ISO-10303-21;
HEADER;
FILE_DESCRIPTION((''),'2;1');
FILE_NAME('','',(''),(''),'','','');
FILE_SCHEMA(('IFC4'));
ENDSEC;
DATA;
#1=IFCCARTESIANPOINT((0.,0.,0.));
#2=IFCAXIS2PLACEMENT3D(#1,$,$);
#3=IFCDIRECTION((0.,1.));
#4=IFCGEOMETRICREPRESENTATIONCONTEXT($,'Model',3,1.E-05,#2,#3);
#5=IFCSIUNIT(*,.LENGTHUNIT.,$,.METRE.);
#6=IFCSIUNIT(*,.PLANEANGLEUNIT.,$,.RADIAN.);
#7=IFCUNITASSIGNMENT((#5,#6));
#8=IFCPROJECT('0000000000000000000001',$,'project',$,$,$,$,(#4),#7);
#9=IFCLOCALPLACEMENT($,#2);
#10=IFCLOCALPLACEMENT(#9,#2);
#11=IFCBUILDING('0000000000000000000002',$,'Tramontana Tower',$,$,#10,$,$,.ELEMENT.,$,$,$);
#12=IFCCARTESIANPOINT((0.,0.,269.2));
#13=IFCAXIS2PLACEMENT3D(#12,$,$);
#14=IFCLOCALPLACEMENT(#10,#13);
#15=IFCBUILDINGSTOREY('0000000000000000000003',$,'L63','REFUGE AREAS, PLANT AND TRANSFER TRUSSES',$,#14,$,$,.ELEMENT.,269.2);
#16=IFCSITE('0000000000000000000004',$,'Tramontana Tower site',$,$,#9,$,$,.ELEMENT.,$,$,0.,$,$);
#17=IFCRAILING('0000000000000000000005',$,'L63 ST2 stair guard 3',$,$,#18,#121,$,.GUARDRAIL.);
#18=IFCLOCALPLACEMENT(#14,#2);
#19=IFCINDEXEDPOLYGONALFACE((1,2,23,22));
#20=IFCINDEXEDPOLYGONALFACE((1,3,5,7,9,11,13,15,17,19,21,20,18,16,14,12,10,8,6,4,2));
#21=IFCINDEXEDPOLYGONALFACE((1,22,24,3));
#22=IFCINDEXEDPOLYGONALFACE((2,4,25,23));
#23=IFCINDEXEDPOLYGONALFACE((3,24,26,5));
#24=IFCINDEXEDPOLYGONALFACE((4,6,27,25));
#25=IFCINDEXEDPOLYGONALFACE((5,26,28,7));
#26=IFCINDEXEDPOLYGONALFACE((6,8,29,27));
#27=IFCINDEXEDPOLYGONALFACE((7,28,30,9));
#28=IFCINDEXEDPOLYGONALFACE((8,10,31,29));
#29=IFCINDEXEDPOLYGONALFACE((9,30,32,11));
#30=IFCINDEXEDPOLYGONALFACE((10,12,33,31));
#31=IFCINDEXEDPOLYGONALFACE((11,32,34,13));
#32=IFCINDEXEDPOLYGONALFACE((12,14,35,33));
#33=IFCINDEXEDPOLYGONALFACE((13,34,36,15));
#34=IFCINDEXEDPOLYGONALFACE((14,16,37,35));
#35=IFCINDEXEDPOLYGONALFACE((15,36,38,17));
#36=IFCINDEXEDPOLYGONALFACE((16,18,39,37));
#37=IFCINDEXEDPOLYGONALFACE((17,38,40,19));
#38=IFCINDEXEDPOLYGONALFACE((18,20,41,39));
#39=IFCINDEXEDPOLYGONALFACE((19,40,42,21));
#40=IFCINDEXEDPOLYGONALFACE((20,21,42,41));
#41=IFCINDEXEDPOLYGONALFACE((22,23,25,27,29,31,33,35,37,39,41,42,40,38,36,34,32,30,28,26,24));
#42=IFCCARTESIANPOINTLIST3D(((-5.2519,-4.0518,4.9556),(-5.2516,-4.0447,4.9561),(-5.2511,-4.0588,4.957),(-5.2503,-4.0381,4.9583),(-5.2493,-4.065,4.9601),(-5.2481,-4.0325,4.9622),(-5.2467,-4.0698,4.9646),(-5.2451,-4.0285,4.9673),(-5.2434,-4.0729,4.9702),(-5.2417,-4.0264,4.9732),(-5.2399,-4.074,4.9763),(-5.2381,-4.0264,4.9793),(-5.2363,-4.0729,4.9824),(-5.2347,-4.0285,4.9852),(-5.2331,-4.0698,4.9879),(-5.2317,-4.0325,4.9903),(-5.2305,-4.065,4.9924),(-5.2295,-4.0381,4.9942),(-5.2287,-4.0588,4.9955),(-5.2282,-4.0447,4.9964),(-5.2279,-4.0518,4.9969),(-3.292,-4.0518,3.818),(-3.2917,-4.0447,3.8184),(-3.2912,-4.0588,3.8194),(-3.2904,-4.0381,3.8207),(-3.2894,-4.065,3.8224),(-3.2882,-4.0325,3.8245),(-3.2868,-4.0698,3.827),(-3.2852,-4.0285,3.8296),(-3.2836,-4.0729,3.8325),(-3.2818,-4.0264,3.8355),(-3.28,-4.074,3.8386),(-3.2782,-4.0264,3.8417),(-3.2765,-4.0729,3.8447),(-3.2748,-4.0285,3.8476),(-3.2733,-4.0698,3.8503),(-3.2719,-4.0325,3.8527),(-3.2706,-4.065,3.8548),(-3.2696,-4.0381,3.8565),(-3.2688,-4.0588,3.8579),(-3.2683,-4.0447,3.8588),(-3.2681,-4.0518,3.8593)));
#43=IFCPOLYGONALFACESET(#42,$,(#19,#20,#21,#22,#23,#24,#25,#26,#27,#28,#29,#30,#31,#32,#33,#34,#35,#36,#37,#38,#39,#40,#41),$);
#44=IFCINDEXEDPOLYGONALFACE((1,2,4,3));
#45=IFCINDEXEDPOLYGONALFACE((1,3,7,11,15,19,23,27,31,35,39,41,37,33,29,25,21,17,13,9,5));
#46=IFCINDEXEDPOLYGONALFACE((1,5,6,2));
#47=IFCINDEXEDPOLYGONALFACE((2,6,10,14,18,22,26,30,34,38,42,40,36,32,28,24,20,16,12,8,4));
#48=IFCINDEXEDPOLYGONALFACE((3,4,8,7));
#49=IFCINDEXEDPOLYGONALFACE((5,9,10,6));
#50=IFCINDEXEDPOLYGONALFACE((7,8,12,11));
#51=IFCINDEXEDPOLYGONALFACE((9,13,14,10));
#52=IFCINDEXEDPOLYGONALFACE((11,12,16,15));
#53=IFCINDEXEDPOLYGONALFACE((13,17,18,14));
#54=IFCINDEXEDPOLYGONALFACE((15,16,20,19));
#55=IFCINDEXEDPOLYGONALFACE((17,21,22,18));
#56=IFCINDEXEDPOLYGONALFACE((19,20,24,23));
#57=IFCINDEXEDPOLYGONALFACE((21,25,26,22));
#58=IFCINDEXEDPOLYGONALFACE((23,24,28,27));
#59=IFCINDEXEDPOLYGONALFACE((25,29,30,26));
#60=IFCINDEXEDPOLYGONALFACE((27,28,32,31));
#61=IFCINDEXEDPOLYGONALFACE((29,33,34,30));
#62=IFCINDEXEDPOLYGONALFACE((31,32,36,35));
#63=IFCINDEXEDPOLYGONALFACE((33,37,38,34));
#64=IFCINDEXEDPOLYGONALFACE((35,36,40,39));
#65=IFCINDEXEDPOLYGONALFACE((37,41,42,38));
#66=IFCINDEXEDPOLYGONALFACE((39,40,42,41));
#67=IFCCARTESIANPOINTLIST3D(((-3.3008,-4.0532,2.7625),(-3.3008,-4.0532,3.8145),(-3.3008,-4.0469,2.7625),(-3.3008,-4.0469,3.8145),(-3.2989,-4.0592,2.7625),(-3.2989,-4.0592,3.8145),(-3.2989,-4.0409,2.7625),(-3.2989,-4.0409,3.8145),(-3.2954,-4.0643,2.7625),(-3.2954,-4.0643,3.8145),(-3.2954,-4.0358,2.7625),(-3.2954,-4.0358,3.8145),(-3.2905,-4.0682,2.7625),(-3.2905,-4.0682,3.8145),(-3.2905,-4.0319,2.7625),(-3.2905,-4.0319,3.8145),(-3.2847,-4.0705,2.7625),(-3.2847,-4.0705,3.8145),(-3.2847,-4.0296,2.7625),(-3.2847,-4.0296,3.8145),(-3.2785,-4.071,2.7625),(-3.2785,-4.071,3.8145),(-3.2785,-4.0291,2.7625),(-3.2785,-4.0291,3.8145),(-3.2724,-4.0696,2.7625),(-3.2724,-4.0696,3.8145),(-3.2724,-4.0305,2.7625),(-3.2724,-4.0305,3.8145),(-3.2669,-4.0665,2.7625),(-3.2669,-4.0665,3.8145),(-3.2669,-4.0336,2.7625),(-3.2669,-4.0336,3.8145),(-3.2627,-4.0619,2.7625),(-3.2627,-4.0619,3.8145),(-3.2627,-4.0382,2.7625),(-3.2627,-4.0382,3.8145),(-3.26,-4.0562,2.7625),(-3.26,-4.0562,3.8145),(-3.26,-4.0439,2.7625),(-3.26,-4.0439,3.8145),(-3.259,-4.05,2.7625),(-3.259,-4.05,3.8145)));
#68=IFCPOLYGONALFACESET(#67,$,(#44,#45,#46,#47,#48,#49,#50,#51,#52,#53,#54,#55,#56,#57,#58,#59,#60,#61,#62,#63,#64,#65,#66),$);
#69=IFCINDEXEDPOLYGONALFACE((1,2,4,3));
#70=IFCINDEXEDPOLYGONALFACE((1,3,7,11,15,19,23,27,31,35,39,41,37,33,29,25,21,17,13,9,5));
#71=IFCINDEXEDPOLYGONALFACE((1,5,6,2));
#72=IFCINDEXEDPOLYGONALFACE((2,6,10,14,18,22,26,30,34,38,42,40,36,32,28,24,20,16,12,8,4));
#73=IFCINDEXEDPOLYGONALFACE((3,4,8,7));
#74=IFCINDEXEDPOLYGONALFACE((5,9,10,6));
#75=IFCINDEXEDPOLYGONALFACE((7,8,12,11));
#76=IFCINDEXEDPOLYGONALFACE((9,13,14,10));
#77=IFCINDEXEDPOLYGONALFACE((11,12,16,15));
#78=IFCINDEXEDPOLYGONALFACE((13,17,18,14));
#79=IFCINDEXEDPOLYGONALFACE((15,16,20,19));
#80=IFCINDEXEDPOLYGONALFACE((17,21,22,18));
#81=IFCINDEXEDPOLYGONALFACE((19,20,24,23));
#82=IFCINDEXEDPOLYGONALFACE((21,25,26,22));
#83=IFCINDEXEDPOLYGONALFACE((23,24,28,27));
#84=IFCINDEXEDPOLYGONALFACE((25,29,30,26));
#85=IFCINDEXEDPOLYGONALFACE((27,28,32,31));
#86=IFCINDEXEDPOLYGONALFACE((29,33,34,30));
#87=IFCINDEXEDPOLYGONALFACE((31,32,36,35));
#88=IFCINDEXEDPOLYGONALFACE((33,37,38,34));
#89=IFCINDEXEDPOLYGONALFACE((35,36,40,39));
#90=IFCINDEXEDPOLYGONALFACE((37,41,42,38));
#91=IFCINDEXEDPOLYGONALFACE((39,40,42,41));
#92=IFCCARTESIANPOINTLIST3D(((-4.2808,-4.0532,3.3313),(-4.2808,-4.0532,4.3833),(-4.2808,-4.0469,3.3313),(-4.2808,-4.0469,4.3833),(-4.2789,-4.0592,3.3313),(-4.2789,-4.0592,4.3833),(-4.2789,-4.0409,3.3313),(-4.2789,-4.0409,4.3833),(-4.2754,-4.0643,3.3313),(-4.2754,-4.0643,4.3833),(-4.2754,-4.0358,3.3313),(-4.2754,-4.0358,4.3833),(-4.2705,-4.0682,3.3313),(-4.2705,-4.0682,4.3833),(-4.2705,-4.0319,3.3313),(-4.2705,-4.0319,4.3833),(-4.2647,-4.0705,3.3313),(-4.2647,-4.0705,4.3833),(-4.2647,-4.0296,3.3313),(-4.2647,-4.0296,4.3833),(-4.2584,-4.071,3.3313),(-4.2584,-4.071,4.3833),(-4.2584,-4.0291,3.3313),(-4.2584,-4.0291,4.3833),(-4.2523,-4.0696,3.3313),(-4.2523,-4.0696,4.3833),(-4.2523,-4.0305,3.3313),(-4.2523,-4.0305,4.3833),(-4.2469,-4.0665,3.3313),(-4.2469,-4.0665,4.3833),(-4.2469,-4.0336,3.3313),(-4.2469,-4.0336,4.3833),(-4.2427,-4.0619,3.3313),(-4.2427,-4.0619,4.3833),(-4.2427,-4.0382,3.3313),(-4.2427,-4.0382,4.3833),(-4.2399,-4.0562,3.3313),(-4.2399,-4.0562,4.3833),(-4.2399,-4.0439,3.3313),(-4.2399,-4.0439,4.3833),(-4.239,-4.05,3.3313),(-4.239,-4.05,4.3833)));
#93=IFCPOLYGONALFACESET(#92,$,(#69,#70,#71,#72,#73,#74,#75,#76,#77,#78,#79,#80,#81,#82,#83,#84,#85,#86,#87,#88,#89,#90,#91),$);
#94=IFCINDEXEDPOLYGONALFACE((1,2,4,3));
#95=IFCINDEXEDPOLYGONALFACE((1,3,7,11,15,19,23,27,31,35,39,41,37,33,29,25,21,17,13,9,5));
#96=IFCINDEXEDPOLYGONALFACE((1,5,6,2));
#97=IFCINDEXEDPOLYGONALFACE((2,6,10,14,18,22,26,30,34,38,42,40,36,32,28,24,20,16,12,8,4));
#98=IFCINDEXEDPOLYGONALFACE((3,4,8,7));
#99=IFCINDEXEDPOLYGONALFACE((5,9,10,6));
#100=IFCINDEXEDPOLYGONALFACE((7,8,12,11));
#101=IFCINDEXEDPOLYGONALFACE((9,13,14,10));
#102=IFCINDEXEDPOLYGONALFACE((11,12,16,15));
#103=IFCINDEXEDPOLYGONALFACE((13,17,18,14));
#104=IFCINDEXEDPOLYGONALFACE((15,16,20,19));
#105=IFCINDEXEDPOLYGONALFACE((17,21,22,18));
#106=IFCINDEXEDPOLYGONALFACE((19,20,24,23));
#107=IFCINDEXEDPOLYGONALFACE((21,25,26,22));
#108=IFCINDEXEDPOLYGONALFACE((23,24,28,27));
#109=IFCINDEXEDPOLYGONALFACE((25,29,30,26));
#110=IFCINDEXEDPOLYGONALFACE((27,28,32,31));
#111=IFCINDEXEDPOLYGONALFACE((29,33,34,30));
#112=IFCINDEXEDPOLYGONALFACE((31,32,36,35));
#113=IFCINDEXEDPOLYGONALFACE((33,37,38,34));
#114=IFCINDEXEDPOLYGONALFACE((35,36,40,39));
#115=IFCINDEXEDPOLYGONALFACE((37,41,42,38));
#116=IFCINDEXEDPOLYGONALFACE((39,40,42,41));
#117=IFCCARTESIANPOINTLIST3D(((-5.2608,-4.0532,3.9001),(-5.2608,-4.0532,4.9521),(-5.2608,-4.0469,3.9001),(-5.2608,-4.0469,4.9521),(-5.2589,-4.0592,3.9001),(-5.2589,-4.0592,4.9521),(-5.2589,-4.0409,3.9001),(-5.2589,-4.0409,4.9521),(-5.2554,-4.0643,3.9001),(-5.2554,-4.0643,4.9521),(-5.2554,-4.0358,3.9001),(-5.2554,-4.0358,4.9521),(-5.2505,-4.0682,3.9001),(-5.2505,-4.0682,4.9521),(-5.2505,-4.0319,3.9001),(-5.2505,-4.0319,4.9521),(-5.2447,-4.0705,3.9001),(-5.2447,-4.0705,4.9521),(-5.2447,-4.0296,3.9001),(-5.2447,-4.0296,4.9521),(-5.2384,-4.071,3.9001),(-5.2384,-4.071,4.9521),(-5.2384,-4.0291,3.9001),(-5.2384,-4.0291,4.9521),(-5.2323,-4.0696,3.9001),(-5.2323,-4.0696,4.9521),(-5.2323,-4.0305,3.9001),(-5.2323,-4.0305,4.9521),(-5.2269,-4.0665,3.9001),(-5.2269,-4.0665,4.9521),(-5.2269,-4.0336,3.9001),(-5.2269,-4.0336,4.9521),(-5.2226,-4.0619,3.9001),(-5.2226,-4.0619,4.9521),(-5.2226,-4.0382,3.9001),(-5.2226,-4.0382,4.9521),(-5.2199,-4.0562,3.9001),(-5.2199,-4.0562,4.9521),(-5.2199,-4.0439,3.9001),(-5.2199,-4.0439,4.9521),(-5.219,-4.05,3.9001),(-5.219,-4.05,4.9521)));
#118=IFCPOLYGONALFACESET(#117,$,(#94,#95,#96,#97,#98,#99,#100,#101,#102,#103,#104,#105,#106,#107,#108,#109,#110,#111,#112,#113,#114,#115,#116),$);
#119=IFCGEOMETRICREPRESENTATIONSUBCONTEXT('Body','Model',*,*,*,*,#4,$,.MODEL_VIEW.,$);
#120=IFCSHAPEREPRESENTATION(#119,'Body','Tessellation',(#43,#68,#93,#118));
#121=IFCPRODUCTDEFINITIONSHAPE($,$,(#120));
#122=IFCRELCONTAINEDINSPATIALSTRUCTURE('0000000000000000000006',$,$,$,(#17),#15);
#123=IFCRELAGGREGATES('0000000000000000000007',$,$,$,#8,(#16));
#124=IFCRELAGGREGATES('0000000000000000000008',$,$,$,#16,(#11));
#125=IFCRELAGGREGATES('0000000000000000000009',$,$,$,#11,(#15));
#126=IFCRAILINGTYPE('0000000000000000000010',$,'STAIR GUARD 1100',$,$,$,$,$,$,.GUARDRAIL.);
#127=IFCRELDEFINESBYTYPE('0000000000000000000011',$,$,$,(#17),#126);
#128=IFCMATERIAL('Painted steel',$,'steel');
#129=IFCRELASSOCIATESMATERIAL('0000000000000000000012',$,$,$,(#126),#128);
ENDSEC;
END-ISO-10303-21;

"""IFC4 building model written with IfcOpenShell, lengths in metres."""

from ifc_helpers import new_model, si_unit, direction, frame, origin, origin_2d, place, context, subcontext, project, spatial, circle, extrude, material, type_object, element, save


model = new_model("IFC4")

# Units and contexts
model_context = context("Model", 3, precision=1e-05, world=origin(), true_north=direction((0.0, 1.0)))
body_context = subcontext(model_context, "Body", "Model", "MODEL_VIEW")
ifc_project = project(units=[si_unit("LENGTHUNIT", "METRE"), si_unit("PLANEANGLEUNIT", "RADIAN")], contexts=[model_context])

# Site, building, storey
site_placement = place(None, origin())
site = spatial("IfcSite", under=ifc_project, at=site_placement, Name="Tramontana Tower site", CompositionType="ELEMENT", RefElevation=0.0)
building_placement = place(site_placement, origin())
building = spatial("IfcBuilding", under=site, at=building_placement, Name="Tramontana Tower", CompositionType="ELEMENT")
storey_placement = place(building_placement, frame((0.0, 0.0, 269.2)))
storey = spatial("IfcBuildingStorey", under=building, at=storey_placement, Name="L63", Description="REFUGE AREAS, PLANT AND TRANSFER TRUSSES", CompositionType="ELEMENT", Elevation=269.2)

# Railing
ifc_material_1 = material(Name="Painted steel", Category="steel")
railing_type_1 = type_object("IfcRailingType", Name="STAIR GUARD 1100", PredefinedType="GUARDRAIL", material=ifc_material_1)
railing_1_placement = place(storey_placement, frame((-3.28, -4.05, 2.7625)))
element("IfcRailing", 1, at=railing_1_placement, inside=storey, type_object=railing_type_1, Name="L63 ST2 stair guard 3", PredefinedType="GUARDRAIL", context=body_context, shape_type="SweptSolid", body=[
    extrude(circle(Radius=0.0239, at=origin_2d()), frame((0.0, 0.0, 1.0762), z_axis=(-0.864855, 0.0, 0.502021), x_axis=(0.0, -1.0, 0.0)), (0.0, 0.0, 1.0), 2.2661),
    extrude(circle(Radius=0.021, at=origin_2d()), origin(), (0.0, 0.0, 1.0), 1.052),
    extrude(circle(Radius=0.021, at=origin_2d()), frame((-0.98, 0.0, 0.5688)), (0.0, 0.0, 1.0), 1.052),
    extrude(circle(Radius=0.021, at=origin_2d()), frame((-1.96, 0.0, 1.1377)), (0.0, 0.0, 1.0), 1.052),
])

save(model, "model.ifc")
